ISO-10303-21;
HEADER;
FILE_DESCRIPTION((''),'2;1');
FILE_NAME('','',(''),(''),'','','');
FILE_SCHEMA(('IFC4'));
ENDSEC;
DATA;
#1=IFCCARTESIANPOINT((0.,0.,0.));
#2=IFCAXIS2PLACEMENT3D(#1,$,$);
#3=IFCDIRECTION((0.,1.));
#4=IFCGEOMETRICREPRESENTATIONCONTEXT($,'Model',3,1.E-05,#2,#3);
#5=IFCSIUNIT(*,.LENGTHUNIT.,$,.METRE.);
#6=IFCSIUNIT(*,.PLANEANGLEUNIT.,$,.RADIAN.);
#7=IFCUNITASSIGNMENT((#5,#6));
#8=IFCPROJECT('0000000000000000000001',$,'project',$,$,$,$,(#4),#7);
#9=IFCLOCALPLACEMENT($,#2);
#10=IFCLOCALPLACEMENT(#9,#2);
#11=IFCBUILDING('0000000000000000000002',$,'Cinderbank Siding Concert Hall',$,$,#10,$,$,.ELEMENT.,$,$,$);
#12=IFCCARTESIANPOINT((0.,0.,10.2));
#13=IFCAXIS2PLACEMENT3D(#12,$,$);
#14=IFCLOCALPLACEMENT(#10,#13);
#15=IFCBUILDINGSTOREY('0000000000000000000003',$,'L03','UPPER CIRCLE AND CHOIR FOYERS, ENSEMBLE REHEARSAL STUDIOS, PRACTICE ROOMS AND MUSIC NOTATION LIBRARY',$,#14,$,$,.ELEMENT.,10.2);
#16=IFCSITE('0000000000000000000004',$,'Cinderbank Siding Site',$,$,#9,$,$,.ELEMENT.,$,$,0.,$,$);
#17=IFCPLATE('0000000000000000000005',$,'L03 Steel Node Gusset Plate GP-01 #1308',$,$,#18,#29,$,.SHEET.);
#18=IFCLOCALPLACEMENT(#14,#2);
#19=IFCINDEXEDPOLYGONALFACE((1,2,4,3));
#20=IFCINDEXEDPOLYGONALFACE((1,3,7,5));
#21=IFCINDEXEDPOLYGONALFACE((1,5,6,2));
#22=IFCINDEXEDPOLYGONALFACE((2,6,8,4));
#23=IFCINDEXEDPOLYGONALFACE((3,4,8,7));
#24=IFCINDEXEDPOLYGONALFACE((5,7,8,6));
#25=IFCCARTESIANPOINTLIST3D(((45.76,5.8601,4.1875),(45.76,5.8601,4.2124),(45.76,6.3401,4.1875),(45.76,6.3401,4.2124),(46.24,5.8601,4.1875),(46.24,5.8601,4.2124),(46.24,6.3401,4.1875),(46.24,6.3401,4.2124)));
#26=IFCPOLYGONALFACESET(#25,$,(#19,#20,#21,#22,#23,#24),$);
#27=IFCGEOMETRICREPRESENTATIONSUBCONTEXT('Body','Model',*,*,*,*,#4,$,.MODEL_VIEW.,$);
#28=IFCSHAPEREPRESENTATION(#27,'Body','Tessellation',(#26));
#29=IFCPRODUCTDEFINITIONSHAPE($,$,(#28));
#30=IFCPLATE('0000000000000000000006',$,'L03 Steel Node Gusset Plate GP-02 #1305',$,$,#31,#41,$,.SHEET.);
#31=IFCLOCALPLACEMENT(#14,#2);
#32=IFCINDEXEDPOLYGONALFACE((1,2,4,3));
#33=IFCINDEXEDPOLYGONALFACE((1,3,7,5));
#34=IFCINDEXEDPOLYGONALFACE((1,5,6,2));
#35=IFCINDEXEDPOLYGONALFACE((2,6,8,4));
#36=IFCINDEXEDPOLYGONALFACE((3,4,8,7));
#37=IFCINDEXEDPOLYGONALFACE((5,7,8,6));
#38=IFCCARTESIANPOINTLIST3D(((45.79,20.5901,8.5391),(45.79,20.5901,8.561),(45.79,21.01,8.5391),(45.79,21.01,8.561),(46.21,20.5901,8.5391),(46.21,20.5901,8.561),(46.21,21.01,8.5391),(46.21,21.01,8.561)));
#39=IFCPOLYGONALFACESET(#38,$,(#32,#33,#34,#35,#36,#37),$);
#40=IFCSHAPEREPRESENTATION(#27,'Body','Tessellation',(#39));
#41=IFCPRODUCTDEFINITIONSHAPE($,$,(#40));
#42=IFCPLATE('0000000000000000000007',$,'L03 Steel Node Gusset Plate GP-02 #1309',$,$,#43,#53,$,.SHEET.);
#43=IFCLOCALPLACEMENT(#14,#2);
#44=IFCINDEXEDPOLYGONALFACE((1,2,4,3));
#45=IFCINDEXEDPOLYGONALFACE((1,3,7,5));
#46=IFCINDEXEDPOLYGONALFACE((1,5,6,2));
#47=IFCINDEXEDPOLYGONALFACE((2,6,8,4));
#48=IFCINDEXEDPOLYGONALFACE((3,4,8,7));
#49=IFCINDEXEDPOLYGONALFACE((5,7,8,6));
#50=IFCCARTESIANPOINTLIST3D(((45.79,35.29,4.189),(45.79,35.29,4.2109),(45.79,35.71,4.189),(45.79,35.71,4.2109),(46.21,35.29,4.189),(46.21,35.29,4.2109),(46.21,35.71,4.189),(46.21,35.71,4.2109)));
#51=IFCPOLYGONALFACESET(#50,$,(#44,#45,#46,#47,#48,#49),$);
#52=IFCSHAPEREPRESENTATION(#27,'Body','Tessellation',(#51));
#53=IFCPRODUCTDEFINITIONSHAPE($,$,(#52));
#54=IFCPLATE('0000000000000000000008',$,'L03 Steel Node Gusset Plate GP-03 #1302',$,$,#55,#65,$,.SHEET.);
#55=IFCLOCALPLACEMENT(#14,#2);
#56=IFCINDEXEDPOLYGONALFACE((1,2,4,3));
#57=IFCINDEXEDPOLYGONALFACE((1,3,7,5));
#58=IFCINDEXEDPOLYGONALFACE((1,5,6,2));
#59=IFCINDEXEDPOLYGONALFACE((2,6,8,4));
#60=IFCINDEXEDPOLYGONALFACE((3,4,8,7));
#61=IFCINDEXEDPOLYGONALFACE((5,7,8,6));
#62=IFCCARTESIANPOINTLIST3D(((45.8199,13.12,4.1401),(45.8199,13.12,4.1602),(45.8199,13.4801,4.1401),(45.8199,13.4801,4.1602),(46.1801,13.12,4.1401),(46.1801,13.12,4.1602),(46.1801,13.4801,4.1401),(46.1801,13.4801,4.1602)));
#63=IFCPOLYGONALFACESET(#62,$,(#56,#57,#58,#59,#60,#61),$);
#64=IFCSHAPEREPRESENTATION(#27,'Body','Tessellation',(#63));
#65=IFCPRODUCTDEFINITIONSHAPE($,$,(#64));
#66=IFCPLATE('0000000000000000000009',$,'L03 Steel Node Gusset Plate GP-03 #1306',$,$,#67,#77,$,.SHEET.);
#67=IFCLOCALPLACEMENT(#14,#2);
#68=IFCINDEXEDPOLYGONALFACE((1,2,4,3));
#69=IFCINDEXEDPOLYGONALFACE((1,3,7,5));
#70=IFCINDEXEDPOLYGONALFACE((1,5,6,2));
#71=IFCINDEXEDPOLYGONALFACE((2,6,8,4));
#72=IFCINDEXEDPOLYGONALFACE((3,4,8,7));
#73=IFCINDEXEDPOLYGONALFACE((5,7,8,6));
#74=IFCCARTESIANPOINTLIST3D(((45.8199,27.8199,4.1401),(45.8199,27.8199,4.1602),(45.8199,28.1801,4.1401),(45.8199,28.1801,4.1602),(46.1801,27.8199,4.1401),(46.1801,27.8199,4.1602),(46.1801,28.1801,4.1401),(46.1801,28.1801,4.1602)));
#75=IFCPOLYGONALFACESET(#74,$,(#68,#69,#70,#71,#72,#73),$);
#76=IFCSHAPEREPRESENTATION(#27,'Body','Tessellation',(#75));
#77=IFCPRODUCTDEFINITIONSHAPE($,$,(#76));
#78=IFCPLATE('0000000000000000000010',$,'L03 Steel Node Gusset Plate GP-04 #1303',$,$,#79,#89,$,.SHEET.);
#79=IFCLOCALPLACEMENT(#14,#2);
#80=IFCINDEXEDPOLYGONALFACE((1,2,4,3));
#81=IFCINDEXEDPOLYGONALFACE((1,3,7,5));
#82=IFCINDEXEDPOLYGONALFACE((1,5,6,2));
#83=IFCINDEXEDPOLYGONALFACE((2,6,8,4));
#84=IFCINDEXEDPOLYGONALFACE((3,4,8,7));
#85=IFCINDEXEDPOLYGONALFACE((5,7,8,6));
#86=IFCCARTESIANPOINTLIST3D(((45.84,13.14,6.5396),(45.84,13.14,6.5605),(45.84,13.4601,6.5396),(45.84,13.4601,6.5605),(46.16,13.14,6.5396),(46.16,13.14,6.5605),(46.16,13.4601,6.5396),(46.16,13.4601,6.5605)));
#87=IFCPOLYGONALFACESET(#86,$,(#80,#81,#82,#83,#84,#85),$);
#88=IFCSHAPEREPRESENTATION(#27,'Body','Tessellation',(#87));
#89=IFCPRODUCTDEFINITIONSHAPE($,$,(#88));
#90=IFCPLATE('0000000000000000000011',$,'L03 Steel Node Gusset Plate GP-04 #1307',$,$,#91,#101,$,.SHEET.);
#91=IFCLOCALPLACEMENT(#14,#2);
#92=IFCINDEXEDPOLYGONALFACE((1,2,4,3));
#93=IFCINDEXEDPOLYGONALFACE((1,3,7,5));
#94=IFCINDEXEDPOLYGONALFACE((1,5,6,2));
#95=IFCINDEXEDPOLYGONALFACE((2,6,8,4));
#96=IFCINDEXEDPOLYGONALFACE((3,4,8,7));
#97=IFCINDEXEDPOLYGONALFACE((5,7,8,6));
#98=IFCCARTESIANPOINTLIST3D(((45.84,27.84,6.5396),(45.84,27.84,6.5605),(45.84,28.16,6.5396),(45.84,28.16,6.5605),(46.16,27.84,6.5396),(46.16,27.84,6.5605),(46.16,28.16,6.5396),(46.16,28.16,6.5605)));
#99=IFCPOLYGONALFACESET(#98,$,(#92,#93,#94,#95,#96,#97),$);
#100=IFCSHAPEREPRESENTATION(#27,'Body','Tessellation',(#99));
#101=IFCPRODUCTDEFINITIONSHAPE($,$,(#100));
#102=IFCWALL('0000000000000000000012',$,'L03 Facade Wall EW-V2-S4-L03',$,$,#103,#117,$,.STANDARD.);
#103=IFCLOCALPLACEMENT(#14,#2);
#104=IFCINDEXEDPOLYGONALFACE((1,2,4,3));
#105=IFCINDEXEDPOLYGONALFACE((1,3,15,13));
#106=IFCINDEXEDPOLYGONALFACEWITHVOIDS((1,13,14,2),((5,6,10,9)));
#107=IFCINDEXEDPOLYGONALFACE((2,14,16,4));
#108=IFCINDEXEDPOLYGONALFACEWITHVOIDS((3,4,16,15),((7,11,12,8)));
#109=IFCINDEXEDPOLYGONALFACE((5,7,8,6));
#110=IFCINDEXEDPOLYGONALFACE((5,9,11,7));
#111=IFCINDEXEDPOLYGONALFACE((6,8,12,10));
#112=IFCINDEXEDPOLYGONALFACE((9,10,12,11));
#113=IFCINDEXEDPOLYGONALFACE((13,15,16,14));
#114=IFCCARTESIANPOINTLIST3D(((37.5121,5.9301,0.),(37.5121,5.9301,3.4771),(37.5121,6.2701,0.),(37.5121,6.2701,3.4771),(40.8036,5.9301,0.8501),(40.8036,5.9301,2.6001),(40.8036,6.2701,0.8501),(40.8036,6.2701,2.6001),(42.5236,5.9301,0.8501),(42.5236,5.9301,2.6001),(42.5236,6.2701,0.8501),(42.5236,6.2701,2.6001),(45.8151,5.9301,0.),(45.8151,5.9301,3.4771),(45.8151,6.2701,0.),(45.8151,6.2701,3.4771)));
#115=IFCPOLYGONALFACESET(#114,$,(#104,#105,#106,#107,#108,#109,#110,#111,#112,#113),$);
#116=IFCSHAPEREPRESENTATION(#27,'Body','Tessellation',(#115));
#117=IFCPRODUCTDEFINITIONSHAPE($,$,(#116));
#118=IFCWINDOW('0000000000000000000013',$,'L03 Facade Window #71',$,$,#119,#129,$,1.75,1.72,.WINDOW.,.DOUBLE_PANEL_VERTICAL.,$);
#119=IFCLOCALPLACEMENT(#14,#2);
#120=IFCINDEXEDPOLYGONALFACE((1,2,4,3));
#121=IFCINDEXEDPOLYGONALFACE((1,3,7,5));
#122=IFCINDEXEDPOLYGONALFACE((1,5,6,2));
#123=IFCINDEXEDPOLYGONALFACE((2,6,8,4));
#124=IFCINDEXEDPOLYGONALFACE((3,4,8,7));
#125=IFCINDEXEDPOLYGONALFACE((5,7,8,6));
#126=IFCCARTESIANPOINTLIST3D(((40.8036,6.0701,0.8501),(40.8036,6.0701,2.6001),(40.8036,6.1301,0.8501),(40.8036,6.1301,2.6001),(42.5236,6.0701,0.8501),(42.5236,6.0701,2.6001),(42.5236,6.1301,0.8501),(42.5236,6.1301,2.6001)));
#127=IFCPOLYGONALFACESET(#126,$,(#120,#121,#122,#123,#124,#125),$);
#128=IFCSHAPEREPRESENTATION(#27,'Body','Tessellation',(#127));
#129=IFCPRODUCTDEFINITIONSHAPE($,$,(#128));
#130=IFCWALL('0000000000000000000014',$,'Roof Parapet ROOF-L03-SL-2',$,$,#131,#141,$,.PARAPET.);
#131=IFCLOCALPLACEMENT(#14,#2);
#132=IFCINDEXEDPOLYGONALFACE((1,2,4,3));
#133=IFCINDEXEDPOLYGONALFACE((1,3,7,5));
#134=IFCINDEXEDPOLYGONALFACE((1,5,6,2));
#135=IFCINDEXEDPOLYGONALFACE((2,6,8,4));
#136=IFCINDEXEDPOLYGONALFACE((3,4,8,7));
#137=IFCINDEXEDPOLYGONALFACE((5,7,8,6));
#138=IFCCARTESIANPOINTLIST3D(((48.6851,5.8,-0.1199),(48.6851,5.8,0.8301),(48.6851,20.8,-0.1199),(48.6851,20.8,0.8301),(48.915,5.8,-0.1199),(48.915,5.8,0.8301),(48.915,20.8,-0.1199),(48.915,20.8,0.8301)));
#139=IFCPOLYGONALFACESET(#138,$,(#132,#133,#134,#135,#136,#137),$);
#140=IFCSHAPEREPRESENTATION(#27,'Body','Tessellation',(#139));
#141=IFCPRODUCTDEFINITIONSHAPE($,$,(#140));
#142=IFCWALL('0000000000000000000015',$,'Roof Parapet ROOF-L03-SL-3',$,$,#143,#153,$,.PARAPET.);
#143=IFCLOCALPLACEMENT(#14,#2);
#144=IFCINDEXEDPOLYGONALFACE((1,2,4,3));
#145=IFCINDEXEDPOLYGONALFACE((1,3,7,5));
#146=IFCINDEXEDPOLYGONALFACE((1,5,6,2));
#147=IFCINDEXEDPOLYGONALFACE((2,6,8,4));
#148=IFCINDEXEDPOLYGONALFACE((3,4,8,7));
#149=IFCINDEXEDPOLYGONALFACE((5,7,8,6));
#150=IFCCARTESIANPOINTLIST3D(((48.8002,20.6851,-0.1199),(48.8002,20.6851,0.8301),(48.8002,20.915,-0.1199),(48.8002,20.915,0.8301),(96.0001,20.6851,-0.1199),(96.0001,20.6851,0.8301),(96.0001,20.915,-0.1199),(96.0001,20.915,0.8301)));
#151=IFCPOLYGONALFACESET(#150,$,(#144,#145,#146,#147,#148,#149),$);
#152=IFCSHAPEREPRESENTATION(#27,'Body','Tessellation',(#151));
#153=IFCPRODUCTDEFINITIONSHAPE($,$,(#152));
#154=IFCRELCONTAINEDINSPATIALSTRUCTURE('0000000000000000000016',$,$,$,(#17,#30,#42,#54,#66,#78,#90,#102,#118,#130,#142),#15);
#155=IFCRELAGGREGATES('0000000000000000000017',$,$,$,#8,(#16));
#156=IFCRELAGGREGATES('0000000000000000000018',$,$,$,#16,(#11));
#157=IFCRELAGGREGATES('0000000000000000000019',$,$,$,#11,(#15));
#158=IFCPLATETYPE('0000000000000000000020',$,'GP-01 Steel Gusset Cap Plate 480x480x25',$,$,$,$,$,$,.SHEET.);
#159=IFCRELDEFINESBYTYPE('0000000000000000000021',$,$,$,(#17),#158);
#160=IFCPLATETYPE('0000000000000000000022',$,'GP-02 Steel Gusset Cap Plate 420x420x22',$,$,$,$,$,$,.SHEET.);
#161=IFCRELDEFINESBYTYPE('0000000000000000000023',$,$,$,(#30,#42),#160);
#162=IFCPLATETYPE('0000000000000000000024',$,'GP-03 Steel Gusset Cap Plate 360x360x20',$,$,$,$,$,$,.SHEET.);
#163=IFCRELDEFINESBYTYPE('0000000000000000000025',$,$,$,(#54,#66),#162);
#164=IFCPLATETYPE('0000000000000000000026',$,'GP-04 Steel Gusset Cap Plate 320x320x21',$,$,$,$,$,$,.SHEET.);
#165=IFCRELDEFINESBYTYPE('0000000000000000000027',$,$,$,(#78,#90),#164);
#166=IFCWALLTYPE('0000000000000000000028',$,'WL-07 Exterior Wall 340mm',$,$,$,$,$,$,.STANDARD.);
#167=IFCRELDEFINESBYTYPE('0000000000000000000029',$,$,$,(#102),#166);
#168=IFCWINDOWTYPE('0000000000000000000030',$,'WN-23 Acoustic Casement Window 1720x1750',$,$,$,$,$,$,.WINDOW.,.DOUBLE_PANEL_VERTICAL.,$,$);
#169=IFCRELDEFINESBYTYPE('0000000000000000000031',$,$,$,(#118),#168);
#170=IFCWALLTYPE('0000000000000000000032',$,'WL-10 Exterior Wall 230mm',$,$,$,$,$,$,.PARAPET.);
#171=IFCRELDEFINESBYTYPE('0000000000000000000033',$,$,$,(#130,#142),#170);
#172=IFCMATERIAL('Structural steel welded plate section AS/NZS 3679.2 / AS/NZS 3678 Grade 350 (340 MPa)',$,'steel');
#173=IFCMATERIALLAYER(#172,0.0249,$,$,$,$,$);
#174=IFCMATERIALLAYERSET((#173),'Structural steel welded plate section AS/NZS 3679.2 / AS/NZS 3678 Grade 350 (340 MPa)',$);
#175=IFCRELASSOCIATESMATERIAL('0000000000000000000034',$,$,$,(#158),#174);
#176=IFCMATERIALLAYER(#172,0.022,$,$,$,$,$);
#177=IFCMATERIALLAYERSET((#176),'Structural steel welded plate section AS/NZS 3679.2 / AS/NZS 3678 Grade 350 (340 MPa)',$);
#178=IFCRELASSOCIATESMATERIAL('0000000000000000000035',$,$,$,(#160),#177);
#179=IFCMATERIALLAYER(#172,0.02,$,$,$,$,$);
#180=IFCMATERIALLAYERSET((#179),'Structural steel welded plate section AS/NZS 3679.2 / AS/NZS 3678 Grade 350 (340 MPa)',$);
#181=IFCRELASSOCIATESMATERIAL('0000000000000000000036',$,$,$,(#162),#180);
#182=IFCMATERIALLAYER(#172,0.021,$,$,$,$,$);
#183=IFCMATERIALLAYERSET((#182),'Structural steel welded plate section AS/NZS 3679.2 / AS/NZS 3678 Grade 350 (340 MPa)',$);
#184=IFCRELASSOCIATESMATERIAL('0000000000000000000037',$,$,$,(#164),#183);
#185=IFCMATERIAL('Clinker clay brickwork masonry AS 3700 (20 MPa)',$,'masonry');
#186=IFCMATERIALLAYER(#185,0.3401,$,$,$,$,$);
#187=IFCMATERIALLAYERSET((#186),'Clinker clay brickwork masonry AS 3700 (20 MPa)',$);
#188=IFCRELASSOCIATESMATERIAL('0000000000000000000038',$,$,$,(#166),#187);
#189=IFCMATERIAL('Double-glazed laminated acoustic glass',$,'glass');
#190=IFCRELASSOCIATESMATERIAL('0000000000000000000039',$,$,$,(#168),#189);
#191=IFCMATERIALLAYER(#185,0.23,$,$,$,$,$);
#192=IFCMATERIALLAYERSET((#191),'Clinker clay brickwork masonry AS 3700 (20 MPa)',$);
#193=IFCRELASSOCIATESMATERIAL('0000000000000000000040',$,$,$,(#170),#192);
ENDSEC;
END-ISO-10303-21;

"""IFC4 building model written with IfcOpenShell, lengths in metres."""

from ifc_helpers import new_model, si_unit, direction, frame, frame_2d, origin, origin_2d, place, context, subcontext, project, spatial, rectangle, extrude, material, layer, layer_set, type_object, element, fill, save


model = new_model("IFC4")

# Units and contexts
model_context = context("Model", 3, precision=1e-05, world=origin(), true_north=direction((0.0, 1.0)))
body_context = subcontext(model_context, "Body", "Model", "MODEL_VIEW")
ifc_project = project(units=[si_unit("LENGTHUNIT", "METRE"), si_unit("PLANEANGLEUNIT", "RADIAN")], contexts=[model_context])

# Site, building, storey
site_placement = place(None, origin())
site = spatial("IfcSite", under=ifc_project, at=site_placement, Name="Cinderbank Siding Site", CompositionType="ELEMENT", RefElevation=0.0)
building_placement = place(site_placement, origin())
building = spatial("IfcBuilding", under=site, at=building_placement, Name="Cinderbank Siding Concert Hall", CompositionType="ELEMENT")
storey_placement = place(building_placement, frame((0.0, 0.0, 10.2)))
storey = spatial("IfcBuildingStorey", under=building, at=storey_placement, Name="L03", Description="UPPER CIRCLE AND CHOIR FOYERS, ENSEMBLE REHEARSAL STUDIOS, PRACTICE ROOMS AND MUSIC NOTATION LIBRARY", CompositionType="ELEMENT", Elevation=10.2)

# Shared definitions
ifc_material_1 = material(Name="Structural steel welded plate section AS/NZS 3679.2 / AS/NZS 3678 Grade 350 (340 MPa)", Category="steel")

# Plates
ifc_layer_1 = layer(ifc_material_1, 0.0249)
ifc_layer_set_1 = layer_set([ifc_layer_1], Name="Structural steel welded plate section AS/NZS 3679.2 / AS/NZS 3678 Grade 350 (340 MPa)")
plate_type_1 = type_object("IfcPlateType", Name="GP-01 Steel Gusset Cap Plate 480x480x25", PredefinedType="SHEET", material=ifc_layer_set_1)
for number, where, z_axis, x_axis, name in (
    (1, (46.0, 6.1001, 4.1875), (0.0, 0.0, 1.0), (0.0, 1.0, 0.0), "L03 Steel Node Gusset Plate GP-01 #1308"),
):
    element("IfcPlate", number, at=place(storey_placement, frame(where, z_axis=z_axis, x_axis=x_axis)), inside=storey, type_object=plate_type_1, Name=name, PredefinedType="SHEET", context=body_context, shape_type="SweptSolid", body=[
        extrude(rectangle(XDim=0.48, YDim=0.48, at=origin_2d()), origin(), (0.0, 0.0, 1.0), 0.0249),
    ])
ifc_layer_2 = layer(ifc_material_1, 0.022)
ifc_layer_set_2 = layer_set([ifc_layer_2], Name="Structural steel welded plate section AS/NZS 3679.2 / AS/NZS 3678 Grade 350 (340 MPa)")
plate_type_2 = type_object("IfcPlateType", Name="GP-02 Steel Gusset Cap Plate 420x420x22", PredefinedType="SHEET", material=ifc_layer_set_2)
for number, where, z_axis, x_axis, name in (
    (2, (46.0, 20.8, 8.5391), (0.0, 0.0, 1.0), (1.0, 0.0, 0.0), "L03 Steel Node Gusset Plate GP-02 #1305"),
    (3, (46.0, 35.5, 4.189), (0.0, 0.0, 1.0), (0.0, -1.0, 0.0), "L03 Steel Node Gusset Plate GP-02 #1309"),
):
    element("IfcPlate", number, at=place(storey_placement, frame(where, z_axis=z_axis, x_axis=x_axis)), inside=storey, type_object=plate_type_2, Name=name, PredefinedType="SHEET", context=body_context, shape_type="SweptSolid", body=[
        extrude(rectangle(XDim=0.4199, YDim=0.4199, at=origin_2d()), origin(), (0.0, 0.0, 1.0), 0.022),
    ])
ifc_layer_3 = layer(ifc_material_1, 0.02)
ifc_layer_set_3 = layer_set([ifc_layer_3], Name="Structural steel welded plate section AS/NZS 3679.2 / AS/NZS 3678 Grade 350 (340 MPa)")
plate_type_3 = type_object("IfcPlateType", Name="GP-03 Steel Gusset Cap Plate 360x360x20", PredefinedType="SHEET", material=ifc_layer_set_3)
for number, where, z_axis, x_axis, name in (
    (4, (46.0, 13.3, 4.1401), (0.0, 0.0, 1.0), (1.0, 0.0, 0.0), "L03 Steel Node Gusset Plate GP-03 #1302"),
    (5, (46.0, 28.0, 4.1401), (0.0, 0.0, 1.0), (1.0, 0.0, 0.0), "L03 Steel Node Gusset Plate GP-03 #1306"),
):
    element("IfcPlate", number, at=place(storey_placement, frame(where, z_axis=z_axis, x_axis=x_axis)), inside=storey, type_object=plate_type_3, Name=name, PredefinedType="SHEET", context=body_context, shape_type="SweptSolid", body=[
        extrude(rectangle(XDim=0.3601, YDim=0.3601, at=origin_2d()), origin(), (0.0, 0.0, 1.0), 0.02),
    ])
ifc_layer_4 = layer(ifc_material_1, 0.021)
ifc_layer_set_4 = layer_set([ifc_layer_4], Name="Structural steel welded plate section AS/NZS 3679.2 / AS/NZS 3678 Grade 350 (340 MPa)")
plate_type_4 = type_object("IfcPlateType", Name="GP-04 Steel Gusset Cap Plate 320x320x21", PredefinedType="SHEET", material=ifc_layer_set_4)
for number, where, z_axis, x_axis, name in (
    (6, (46.0, 13.3, 6.5396), (0.0, 0.0, 1.0), (1.0, 0.0, 0.0), "L03 Steel Node Gusset Plate GP-04 #1303"),
    (7, (46.0, 28.0, 6.5396), (0.0, 0.0, 1.0), (1.0, 0.0, 0.0), "L03 Steel Node Gusset Plate GP-04 #1307"),
):
    element("IfcPlate", number, at=place(storey_placement, frame(where, z_axis=z_axis, x_axis=x_axis)), inside=storey, type_object=plate_type_4, Name=name, PredefinedType="SHEET", context=body_context, shape_type="SweptSolid", body=[
        extrude(rectangle(XDim=0.3201, YDim=0.3201, at=origin_2d()), origin(), (0.0, 0.0, 1.0), 0.021),
    ])

# Wall, opening, window
ifc_material_2 = material(Name="Clinker clay brickwork masonry AS 3700 (20 MPa)", Category="masonry")
ifc_layer_5 = layer(ifc_material_2, 0.3401)
ifc_layer_set_5 = layer_set([ifc_layer_5], Name="Clinker clay brickwork masonry AS 3700 (20 MPa)")
wall_type_1 = type_object("IfcWallType", Name="WL-07 Exterior Wall 340mm", PredefinedType="STANDARD", material=ifc_layer_set_5)
wall_1_placement = place(storey_placement, frame((45.8149, 6.1001, 0.0), z_axis=(0.0, 0.0, 1.0), x_axis=(-1.0, 0.0, 0.0)))
wall_1 = element("IfcWall", 8, at=wall_1_placement, inside=storey, type_object=wall_type_1, Name="L03 Facade Wall EW-V2-S4-L03", PredefinedType="STANDARD", context=body_context, shape_type="SweptSolid", body=[
    extrude(rectangle(XDim=8.303, YDim=0.3401, at=frame_2d((4.1514, 0.0))), origin(), (0.0, 0.0, 1.0), 3.4771),
])
opening_placement = place(wall_1_placement, frame((3.2915, 0.0, 0.8501)))
opening = element("IfcOpeningElement", 9, at=opening_placement, cuts=wall_1, PredefinedType="OPENING", context=body_context, shape_type="SweptSolid", body=[
    extrude(rectangle(XDim=1.72, YDim=1.75, at=frame_2d((0.8599, 0.875))), frame((0.0, 0.1821, 0.0), z_axis=(0.0, -1.0, 0.0), x_axis=(1.0, 0.0, 0.0)), (0.0, 0.0, 1.0), 0.364),
])
ifc_material_3 = material(Name="Double-glazed laminated acoustic glass", Category="glass")
window_type = type_object("IfcWindowType", Name="WN-23 Acoustic Casement Window 1720x1750", PartitioningType="DOUBLE_PANEL_VERTICAL", PredefinedType="WINDOW", material=ifc_material_3)
window_placement = place(opening_placement, origin())
window = element("IfcWindow", 10, at=window_placement, inside=storey, type_object=window_type, Name="L03 Facade Window #71", OverallHeight=1.75, OverallWidth=1.72, PartitioningType="DOUBLE_PANEL_VERTICAL", PredefinedType="WINDOW", context=body_context, shape_type="SweptSolid", body=[
    extrude(rectangle(XDim=1.72, YDim=1.75, at=frame_2d((0.8599, 0.875))), frame((0.0, 0.03, 0.0), z_axis=(0.0, -1.0, 0.0), x_axis=(1.0, 0.0, 0.0)), (0.0, 0.0, 1.0), 0.0601),
])
fill(opening, window)

# Walls
ifc_layer_6 = layer(ifc_material_2, 0.23)
ifc_layer_set_6 = layer_set([ifc_layer_6], Name="Clinker clay brickwork masonry AS 3700 (20 MPa)")
wall_type_2 = type_object("IfcWallType", Name="WL-10 Exterior Wall 230mm", PredefinedType="PARAPET", material=ifc_layer_set_6)
wall_2_placement = place(storey_placement, frame((48.8, 5.8, -0.1199), z_axis=(0.0, 0.0, 1.0), x_axis=(0.0, 1.0, 0.0)))
element("IfcWall", 11, at=wall_2_placement, inside=storey, type_object=wall_type_2, Name="Roof Parapet ROOF-L03-SL-2", PredefinedType="PARAPET", context=body_context, shape_type="SweptSolid", body=[
    extrude(rectangle(XDim=15.0, YDim=0.23, at=frame_2d((7.5, 0.0))), origin(), (0.0, 0.0, 1.0), 0.95),
])
wall_3_placement = place(storey_placement, frame((48.8, 20.8, -0.1199), z_axis=(0.0, 0.0, 1.0), x_axis=(1.0, 0.0, 0.0)))
element("IfcWall", 12, at=wall_3_placement, inside=storey, type_object=wall_type_2, Name="Roof Parapet ROOF-L03-SL-3", PredefinedType="PARAPET", context=body_context, shape_type="SweptSolid", body=[
    extrude(rectangle(XDim=47.2, YDim=0.23, at=frame_2d((23.6001, 0.0))), origin(), (0.0, 0.0, 1.0), 0.95),
])

save(model, "model.ifc")
